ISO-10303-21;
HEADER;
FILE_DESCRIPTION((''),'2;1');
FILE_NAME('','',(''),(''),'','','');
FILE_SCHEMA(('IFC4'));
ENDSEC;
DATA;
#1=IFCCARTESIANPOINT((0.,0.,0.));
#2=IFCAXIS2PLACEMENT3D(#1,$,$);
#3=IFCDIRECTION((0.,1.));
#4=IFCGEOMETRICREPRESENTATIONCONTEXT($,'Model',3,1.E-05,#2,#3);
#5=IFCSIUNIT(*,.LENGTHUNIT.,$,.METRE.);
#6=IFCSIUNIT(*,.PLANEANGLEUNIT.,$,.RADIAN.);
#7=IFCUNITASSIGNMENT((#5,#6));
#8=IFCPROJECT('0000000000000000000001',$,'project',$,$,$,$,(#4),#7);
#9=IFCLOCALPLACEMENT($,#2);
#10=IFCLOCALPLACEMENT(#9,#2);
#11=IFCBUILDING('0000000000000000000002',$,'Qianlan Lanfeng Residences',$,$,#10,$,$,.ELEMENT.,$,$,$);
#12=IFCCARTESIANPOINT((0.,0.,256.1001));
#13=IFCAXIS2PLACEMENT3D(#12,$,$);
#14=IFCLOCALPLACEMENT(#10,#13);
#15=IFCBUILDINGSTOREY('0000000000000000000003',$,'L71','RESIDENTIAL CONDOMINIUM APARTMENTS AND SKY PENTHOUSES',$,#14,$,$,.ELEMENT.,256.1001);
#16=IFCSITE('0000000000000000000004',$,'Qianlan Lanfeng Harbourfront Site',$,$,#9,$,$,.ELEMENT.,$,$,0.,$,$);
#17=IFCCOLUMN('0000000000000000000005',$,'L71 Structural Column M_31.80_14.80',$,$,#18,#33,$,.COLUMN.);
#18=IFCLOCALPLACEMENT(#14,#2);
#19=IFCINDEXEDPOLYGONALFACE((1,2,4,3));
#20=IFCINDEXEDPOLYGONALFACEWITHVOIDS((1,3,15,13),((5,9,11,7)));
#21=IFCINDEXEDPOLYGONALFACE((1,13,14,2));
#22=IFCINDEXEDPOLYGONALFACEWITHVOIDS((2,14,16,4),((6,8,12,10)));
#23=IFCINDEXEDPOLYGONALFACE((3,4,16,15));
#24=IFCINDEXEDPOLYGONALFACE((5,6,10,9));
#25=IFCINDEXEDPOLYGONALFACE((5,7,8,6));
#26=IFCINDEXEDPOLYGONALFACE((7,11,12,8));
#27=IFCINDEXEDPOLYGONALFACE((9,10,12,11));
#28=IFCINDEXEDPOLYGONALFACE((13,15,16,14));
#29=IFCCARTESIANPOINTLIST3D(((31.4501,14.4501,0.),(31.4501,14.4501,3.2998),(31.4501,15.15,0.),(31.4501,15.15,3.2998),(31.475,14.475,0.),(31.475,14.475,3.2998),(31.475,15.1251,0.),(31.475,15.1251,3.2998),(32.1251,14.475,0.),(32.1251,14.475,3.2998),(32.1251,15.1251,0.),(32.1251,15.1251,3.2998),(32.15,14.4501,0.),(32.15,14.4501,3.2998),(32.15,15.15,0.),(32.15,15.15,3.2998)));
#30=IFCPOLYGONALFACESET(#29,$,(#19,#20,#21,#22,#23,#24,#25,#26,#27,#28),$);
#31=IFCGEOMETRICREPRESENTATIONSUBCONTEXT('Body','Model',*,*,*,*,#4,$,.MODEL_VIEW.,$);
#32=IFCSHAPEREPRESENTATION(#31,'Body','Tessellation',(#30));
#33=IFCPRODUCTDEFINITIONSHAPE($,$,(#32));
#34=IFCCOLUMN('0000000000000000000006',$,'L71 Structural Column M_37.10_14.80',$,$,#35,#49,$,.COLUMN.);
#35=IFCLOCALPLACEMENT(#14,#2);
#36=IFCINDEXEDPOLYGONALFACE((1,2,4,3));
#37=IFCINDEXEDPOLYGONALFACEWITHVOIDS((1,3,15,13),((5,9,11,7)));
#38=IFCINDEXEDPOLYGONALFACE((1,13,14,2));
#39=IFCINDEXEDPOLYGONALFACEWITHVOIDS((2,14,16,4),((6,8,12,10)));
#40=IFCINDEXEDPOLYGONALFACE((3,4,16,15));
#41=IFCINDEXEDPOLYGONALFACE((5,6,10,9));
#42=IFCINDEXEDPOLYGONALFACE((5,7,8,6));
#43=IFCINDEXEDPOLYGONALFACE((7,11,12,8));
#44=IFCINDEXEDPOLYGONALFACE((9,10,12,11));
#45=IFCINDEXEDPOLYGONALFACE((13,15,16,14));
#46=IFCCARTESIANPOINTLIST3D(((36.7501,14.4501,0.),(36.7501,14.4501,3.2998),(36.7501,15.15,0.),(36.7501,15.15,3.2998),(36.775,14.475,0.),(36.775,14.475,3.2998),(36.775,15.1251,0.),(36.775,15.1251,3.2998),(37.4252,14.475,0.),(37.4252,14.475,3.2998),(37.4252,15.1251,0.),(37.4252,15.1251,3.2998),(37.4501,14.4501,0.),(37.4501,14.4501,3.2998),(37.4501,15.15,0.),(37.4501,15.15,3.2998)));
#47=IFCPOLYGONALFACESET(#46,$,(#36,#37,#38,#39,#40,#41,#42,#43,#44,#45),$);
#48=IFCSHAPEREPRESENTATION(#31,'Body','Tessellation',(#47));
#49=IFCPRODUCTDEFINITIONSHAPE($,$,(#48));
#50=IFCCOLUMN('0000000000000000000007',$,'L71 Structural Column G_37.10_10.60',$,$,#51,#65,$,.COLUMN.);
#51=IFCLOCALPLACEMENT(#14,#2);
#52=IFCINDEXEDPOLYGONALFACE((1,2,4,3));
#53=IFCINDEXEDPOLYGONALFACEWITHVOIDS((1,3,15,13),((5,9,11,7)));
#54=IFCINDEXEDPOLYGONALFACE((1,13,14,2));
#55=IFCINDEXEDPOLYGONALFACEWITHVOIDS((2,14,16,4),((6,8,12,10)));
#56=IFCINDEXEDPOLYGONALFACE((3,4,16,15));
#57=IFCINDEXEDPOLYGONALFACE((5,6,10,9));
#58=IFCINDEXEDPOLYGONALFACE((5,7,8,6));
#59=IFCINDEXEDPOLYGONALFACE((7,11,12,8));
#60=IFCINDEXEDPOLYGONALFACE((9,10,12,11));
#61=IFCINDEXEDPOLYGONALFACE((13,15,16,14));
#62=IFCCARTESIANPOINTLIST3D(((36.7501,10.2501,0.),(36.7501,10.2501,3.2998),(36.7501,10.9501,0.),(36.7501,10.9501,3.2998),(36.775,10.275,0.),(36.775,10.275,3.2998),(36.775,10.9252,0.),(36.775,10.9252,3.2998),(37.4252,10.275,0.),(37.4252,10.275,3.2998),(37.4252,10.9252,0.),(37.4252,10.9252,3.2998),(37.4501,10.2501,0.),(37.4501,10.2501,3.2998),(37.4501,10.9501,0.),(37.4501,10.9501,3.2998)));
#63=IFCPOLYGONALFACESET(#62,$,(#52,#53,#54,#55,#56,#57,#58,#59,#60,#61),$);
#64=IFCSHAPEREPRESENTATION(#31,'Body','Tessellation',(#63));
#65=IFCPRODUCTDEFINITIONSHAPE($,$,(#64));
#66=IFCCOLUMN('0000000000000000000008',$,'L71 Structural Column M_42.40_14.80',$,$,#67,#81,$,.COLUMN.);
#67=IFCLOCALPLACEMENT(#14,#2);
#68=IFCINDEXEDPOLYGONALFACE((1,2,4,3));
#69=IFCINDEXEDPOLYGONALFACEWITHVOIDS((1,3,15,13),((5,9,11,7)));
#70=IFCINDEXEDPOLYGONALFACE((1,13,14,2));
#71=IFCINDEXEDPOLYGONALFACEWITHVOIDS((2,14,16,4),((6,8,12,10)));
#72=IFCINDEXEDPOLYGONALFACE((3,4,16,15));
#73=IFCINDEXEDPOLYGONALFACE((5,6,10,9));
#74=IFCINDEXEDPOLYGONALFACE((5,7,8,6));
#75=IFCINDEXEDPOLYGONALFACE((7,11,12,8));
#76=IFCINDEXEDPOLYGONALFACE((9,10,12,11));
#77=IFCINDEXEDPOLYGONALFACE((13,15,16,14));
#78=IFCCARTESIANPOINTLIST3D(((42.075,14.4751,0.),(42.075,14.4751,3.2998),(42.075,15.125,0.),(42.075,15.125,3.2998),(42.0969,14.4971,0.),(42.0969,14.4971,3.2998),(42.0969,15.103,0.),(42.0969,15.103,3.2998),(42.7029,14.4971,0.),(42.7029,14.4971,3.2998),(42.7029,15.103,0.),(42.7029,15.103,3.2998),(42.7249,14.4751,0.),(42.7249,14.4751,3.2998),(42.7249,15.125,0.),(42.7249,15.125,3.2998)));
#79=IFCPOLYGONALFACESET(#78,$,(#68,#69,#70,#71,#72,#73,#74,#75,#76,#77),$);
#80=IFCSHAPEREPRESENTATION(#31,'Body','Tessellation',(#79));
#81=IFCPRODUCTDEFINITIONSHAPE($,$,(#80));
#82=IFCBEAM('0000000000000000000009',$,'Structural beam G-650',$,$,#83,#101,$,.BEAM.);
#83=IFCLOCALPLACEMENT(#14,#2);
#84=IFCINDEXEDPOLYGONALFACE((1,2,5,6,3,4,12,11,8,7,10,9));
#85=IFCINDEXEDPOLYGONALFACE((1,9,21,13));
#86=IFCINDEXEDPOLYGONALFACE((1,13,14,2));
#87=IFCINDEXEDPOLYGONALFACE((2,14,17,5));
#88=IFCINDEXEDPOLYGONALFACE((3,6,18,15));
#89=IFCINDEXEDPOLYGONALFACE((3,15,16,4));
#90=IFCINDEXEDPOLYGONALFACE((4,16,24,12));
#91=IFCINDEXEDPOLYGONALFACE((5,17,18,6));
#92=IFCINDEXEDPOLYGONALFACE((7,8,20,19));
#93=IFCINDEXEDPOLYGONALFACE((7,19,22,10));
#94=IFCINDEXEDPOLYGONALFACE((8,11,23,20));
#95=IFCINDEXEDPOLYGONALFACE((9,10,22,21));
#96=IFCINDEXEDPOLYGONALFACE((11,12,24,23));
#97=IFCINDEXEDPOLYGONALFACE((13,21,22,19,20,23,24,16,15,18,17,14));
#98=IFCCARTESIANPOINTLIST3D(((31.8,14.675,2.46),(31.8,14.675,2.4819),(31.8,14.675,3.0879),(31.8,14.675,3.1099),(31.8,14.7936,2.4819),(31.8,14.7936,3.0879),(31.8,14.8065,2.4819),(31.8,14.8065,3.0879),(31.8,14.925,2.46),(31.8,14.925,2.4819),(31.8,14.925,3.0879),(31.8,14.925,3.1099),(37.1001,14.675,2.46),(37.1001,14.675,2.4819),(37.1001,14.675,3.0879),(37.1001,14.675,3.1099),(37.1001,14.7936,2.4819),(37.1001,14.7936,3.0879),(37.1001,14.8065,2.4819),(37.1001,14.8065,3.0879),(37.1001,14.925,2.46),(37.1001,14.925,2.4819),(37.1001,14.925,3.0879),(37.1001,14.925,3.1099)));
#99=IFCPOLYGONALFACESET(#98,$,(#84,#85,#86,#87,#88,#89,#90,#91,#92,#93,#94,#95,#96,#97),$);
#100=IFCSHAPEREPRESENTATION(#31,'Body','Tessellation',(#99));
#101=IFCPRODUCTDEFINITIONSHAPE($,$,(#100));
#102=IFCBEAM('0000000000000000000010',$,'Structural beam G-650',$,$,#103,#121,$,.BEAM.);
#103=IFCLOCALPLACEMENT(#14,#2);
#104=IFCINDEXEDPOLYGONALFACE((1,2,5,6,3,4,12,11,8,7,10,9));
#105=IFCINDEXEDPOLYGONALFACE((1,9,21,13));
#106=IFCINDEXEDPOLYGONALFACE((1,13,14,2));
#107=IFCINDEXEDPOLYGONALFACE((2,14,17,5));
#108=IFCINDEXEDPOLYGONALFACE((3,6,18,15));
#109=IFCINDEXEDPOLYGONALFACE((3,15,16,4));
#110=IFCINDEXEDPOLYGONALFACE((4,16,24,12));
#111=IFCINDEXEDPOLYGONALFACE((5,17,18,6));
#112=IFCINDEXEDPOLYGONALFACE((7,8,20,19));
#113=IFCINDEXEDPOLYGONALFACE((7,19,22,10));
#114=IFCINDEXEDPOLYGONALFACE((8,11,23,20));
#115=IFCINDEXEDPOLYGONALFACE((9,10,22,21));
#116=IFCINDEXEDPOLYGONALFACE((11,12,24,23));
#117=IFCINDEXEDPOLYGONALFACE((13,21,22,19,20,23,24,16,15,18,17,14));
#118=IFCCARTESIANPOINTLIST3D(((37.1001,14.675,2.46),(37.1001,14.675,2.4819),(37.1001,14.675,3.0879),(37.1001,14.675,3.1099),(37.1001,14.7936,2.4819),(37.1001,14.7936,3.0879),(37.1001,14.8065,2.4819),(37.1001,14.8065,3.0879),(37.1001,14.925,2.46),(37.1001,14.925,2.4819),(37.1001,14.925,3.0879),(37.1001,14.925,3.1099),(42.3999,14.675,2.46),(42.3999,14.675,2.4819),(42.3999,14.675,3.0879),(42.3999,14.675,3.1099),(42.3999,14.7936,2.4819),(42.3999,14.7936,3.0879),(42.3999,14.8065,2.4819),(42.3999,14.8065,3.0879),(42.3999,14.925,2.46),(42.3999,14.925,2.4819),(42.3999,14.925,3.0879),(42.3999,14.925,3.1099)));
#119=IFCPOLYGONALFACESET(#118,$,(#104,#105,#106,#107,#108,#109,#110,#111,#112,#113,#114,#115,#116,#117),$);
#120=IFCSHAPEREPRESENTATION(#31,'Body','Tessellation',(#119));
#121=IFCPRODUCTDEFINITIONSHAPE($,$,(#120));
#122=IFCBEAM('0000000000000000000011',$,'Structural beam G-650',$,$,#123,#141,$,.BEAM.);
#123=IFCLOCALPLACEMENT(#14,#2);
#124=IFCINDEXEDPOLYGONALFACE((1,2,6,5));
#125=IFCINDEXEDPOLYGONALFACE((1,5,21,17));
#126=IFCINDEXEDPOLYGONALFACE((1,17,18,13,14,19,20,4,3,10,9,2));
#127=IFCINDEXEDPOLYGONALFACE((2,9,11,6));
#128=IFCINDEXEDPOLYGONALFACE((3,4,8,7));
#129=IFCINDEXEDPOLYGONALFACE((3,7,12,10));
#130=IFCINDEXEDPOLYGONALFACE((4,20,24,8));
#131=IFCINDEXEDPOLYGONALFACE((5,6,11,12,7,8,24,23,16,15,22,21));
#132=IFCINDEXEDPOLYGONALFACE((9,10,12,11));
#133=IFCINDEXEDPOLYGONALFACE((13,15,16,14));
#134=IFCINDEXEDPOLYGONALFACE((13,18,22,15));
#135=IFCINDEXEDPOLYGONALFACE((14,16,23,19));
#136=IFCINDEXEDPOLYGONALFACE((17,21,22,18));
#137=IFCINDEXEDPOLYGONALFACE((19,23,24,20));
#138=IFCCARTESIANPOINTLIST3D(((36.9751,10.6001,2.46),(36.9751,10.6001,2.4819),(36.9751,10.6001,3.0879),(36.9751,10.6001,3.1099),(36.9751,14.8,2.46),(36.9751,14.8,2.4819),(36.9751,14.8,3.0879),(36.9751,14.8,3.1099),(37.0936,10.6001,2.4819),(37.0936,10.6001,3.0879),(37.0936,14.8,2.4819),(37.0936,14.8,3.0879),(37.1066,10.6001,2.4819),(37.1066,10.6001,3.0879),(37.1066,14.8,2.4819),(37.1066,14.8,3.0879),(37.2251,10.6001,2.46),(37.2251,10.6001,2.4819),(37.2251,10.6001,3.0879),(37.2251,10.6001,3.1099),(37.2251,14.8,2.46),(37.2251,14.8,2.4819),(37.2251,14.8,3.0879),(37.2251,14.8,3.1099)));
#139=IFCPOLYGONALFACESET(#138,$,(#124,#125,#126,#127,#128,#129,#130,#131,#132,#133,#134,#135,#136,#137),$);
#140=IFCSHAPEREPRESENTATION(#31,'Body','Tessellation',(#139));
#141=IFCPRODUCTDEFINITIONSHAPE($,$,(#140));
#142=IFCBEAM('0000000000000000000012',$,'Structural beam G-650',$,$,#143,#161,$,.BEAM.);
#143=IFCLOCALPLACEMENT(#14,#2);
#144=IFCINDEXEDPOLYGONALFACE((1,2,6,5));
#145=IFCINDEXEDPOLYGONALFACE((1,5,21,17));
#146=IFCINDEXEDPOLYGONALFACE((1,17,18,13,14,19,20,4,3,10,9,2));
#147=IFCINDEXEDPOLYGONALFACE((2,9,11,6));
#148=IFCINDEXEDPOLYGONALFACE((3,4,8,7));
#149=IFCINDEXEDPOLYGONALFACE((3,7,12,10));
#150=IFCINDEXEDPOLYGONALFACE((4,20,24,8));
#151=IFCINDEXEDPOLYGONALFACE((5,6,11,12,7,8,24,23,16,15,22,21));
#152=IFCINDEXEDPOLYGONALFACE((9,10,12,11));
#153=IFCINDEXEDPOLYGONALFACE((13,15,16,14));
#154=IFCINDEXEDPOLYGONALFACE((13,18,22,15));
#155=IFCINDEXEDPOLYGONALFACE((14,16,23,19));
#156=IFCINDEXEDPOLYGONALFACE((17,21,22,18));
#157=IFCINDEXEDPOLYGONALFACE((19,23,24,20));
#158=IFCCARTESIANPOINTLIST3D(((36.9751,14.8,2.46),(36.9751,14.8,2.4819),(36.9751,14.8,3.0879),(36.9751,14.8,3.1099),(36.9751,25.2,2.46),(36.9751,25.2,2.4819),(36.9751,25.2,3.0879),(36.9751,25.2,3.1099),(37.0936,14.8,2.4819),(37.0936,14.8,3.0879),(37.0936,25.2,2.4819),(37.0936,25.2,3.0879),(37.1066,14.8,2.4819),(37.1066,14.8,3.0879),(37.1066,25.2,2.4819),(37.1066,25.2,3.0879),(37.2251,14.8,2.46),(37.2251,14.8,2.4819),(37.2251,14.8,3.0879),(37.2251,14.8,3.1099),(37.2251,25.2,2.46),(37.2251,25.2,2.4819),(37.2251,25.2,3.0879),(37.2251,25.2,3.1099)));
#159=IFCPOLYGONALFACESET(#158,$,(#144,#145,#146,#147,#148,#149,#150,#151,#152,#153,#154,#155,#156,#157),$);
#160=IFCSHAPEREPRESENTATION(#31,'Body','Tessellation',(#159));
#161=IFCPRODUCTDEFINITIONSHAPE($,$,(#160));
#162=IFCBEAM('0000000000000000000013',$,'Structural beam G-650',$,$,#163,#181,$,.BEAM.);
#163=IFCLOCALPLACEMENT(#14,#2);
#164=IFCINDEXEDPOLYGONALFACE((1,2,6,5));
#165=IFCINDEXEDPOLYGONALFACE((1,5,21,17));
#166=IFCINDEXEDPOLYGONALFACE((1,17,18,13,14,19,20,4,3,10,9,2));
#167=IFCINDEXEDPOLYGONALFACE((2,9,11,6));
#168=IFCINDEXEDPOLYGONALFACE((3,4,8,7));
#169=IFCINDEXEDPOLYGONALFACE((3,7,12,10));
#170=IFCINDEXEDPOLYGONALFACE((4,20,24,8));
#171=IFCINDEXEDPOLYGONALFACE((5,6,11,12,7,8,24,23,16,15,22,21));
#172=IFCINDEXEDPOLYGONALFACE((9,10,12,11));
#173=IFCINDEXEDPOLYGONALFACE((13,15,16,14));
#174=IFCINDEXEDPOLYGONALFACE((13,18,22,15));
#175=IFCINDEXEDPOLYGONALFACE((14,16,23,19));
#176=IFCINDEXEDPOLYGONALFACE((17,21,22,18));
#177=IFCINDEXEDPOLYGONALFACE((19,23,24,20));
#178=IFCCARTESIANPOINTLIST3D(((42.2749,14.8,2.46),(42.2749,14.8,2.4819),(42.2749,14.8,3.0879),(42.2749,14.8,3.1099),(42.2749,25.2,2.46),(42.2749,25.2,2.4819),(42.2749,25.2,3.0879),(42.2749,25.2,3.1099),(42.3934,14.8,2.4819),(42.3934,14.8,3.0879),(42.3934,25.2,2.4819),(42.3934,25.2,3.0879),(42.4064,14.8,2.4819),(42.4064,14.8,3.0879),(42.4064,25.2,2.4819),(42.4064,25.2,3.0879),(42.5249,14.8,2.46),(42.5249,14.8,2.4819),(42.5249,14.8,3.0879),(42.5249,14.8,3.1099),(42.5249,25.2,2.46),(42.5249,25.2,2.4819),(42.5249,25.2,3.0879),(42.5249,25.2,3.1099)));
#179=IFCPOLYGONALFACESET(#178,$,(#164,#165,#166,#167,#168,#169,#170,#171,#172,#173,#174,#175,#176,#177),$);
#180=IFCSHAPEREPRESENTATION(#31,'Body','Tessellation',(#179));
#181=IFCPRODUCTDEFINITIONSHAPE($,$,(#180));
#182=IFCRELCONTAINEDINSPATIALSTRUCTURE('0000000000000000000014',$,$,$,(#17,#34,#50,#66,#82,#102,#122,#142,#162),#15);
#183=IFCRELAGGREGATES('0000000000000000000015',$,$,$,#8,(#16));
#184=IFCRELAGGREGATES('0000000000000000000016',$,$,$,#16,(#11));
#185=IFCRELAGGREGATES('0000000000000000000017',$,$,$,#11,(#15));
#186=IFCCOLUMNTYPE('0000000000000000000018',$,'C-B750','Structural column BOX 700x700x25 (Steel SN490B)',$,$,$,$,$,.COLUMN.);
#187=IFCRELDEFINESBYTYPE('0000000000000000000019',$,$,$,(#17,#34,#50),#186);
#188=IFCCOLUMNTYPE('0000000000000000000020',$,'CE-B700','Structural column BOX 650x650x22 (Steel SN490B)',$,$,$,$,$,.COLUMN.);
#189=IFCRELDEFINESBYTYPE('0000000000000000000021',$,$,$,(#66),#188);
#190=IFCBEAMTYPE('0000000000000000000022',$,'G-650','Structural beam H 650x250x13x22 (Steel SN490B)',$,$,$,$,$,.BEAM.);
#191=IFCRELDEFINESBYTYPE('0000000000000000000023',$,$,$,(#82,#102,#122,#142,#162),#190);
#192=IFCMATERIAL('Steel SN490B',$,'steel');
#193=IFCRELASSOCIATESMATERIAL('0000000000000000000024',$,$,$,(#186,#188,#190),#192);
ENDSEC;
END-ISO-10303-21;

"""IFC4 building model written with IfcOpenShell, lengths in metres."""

from ifc_helpers import new_model, si_unit, direction, frame, origin, origin_2d, place, context, subcontext, project, spatial, hollow_rectangle, i_section, extrude, material, material_profile, profile_set, type_object, element, save


model = new_model("IFC4")

# Units and contexts
model_context = context("Model", 3, precision=1e-05, world=origin(), true_north=direction((0.0, 1.0)))
body_context = subcontext(model_context, "Body", "Model", "MODEL_VIEW")
ifc_project = project(units=[si_unit("LENGTHUNIT", "METRE"), si_unit("PLANEANGLEUNIT", "RADIAN")], contexts=[model_context])

# Site, building, storey
site_placement = place(None, origin())
site = spatial("IfcSite", under=ifc_project, at=site_placement, Name="Qianlan Lanfeng Harbourfront Site", CompositionType="ELEMENT", RefElevation=0.0)
building_placement = place(site_placement, origin())
building = spatial("IfcBuilding", under=site, at=building_placement, Name="Qianlan Lanfeng Residences", CompositionType="ELEMENT")
storey_placement = place(building_placement, frame((0.0, 0.0, 256.1001)))
storey = spatial("IfcBuildingStorey", under=building, at=storey_placement, Name="L71", Description="RESIDENTIAL CONDOMINIUM APARTMENTS AND SKY PENTHOUSES", CompositionType="ELEMENT", Elevation=256.1001)

# Columns
ifc_material_1 = material(Name="Steel SN490B", Category="steel")
ifc_material_profile_1 = material_profile(ifc_material_1, hollow_rectangle(XDim=0.7, YDim=0.7, WallThickness=0.0249, at=origin_2d()), Name="BOX 700x700x25")
ifc_profile_set_1 = profile_set([ifc_material_profile_1], Name="Steel SN490B")
column_type_1 = type_object("IfcColumnType", Name="C-B750", Description="Structural column BOX 700x700x25 (Steel SN490B)", PredefinedType="COLUMN", material=ifc_profile_set_1)
for number, where, z_axis, x_axis, name in (
    (1, (31.8, 14.8, 0.0), (0.0, 0.0, 1.0), (1.0, 0.0, 0.0), "L71 Structural Column M_31.80_14.80"),
    (2, (37.1001, 14.8, 0.0), (0.0, 0.0, 1.0), (1.0, 0.0, 0.0), "L71 Structural Column M_37.10_14.80"),
    (3, (37.1001, 10.6001, 0.0), (0.0, 0.0, 1.0), (1.0, 0.0, 0.0), "L71 Structural Column G_37.10_10.60"),
):
    element("IfcColumn", number, at=place(storey_placement, frame(where, z_axis=z_axis, x_axis=x_axis)), inside=storey, type_object=column_type_1, Name=name, PredefinedType="COLUMN", context=body_context, shape_type="SweptSolid", body=[
        extrude(hollow_rectangle(XDim=0.7, YDim=0.7, WallThickness=0.0249, at=origin_2d()), origin(), (0.0, 0.0, 1.0), 3.2998),
    ])
ifc_material_profile_2 = material_profile(ifc_material_1, hollow_rectangle(XDim=0.6499, YDim=0.6499, WallThickness=0.022, at=origin_2d()), Name="BOX 650x650x22")
ifc_profile_set_2 = profile_set([ifc_material_profile_2], Name="Steel SN490B")
column_type_2 = type_object("IfcColumnType", Name="CE-B700", Description="Structural column BOX 650x650x22 (Steel SN490B)", PredefinedType="COLUMN", material=ifc_profile_set_2)
column_placement = place(storey_placement, frame((42.3999, 14.8, 0.0), z_axis=(0.0, 0.0, 1.0), x_axis=(1.0, 0.0, 0.0)))
element("IfcColumn", 4, at=column_placement, inside=storey, type_object=column_type_2, Name="L71 Structural Column M_42.40_14.80", PredefinedType="COLUMN", context=body_context, shape_type="SweptSolid", body=[
    extrude(hollow_rectangle(XDim=0.6499, YDim=0.6499, WallThickness=0.022, at=origin_2d()), origin(), (0.0, 0.0, 1.0), 3.2998),
])

# Beams
ifc_material_profile_3 = material_profile(ifc_material_1, i_section(OverallWidth=0.25, OverallDepth=0.6499, WebThickness=0.0129, FlangeThickness=0.022, at=origin_2d()), Name="H 650x250x13x22")
ifc_profile_set_3 = profile_set([ifc_material_profile_3], Name="Steel SN490B")
beam_type_1 = type_object("IfcBeamType", Name="G-650", Description="Structural beam H 650x250x13x22 (Steel SN490B)", PredefinedType="BEAM", material=ifc_profile_set_3)
beam_1_placement = place(storey_placement, frame((31.8, 14.8, 2.7849), z_axis=(1.0, 0.0, 0.0), x_axis=(0.0, 1.0, 0.0)))
element("IfcBeam", 5, at=beam_1_placement, inside=storey, type_object=beam_type_1, Name="Structural beam G-650", PredefinedType="BEAM", context=body_context, shape_type="SweptSolid", body=[
    extrude(i_section(OverallWidth=0.25, OverallDepth=0.6499, WebThickness=0.0129, FlangeThickness=0.022, at=origin_2d()), origin(), (0.0, 0.0, 1.0), 5.3),
])
beam_2_placement = place(storey_placement, frame((37.1001, 14.8, 2.7849), z_axis=(1.0, 0.0, 0.0), x_axis=(0.0, 1.0, 0.0)))
element("IfcBeam", 6, at=beam_2_placement, inside=storey, type_object=beam_type_1, Name="Structural beam G-650", PredefinedType="BEAM", context=body_context, shape_type="SweptSolid", body=[
    extrude(i_section(OverallWidth=0.25, OverallDepth=0.6499, WebThickness=0.0129, FlangeThickness=0.022, at=origin_2d()), origin(), (0.0, 0.0, 1.0), 5.2998),
])
beam_3_placement = place(storey_placement, frame((37.1001, 10.6001, 2.7849), z_axis=(0.0, 1.0, 0.0), x_axis=(-1.0, 0.0, 0.0)))
element("IfcBeam", 7, at=beam_3_placement, inside=storey, type_object=beam_type_1, Name="Structural beam G-650", PredefinedType="BEAM", context=body_context, shape_type="SweptSolid", body=[
    extrude(i_section(OverallWidth=0.25, OverallDepth=0.6499, WebThickness=0.0129, FlangeThickness=0.022, at=origin_2d()), origin(), (0.0, 0.0, 1.0), 4.2),
])
for number, where, z_axis, x_axis, name in (
    (8, (37.1001, 14.8, 2.7849), (0.0, 1.0, 0.0), (-1.0, 0.0, 0.0), "Structural beam G-650"),
    (9, (42.3999, 14.8, 2.7849), (0.0, 1.0, 0.0), (-1.0, 0.0, 0.0), "Structural beam G-650"),
):
    element("IfcBeam", number, at=place(storey_placement, frame(where, z_axis=z_axis, x_axis=x_axis)), inside=storey, type_object=beam_type_1, Name=name, PredefinedType="BEAM", context=body_context, shape_type="SweptSolid", body=[
        extrude(i_section(OverallWidth=0.25, OverallDepth=0.6499, WebThickness=0.0129, FlangeThickness=0.022, at=origin_2d()), origin(), (0.0, 0.0, 1.0), 10.3999),
    ])

save(model, "model.ifc")
